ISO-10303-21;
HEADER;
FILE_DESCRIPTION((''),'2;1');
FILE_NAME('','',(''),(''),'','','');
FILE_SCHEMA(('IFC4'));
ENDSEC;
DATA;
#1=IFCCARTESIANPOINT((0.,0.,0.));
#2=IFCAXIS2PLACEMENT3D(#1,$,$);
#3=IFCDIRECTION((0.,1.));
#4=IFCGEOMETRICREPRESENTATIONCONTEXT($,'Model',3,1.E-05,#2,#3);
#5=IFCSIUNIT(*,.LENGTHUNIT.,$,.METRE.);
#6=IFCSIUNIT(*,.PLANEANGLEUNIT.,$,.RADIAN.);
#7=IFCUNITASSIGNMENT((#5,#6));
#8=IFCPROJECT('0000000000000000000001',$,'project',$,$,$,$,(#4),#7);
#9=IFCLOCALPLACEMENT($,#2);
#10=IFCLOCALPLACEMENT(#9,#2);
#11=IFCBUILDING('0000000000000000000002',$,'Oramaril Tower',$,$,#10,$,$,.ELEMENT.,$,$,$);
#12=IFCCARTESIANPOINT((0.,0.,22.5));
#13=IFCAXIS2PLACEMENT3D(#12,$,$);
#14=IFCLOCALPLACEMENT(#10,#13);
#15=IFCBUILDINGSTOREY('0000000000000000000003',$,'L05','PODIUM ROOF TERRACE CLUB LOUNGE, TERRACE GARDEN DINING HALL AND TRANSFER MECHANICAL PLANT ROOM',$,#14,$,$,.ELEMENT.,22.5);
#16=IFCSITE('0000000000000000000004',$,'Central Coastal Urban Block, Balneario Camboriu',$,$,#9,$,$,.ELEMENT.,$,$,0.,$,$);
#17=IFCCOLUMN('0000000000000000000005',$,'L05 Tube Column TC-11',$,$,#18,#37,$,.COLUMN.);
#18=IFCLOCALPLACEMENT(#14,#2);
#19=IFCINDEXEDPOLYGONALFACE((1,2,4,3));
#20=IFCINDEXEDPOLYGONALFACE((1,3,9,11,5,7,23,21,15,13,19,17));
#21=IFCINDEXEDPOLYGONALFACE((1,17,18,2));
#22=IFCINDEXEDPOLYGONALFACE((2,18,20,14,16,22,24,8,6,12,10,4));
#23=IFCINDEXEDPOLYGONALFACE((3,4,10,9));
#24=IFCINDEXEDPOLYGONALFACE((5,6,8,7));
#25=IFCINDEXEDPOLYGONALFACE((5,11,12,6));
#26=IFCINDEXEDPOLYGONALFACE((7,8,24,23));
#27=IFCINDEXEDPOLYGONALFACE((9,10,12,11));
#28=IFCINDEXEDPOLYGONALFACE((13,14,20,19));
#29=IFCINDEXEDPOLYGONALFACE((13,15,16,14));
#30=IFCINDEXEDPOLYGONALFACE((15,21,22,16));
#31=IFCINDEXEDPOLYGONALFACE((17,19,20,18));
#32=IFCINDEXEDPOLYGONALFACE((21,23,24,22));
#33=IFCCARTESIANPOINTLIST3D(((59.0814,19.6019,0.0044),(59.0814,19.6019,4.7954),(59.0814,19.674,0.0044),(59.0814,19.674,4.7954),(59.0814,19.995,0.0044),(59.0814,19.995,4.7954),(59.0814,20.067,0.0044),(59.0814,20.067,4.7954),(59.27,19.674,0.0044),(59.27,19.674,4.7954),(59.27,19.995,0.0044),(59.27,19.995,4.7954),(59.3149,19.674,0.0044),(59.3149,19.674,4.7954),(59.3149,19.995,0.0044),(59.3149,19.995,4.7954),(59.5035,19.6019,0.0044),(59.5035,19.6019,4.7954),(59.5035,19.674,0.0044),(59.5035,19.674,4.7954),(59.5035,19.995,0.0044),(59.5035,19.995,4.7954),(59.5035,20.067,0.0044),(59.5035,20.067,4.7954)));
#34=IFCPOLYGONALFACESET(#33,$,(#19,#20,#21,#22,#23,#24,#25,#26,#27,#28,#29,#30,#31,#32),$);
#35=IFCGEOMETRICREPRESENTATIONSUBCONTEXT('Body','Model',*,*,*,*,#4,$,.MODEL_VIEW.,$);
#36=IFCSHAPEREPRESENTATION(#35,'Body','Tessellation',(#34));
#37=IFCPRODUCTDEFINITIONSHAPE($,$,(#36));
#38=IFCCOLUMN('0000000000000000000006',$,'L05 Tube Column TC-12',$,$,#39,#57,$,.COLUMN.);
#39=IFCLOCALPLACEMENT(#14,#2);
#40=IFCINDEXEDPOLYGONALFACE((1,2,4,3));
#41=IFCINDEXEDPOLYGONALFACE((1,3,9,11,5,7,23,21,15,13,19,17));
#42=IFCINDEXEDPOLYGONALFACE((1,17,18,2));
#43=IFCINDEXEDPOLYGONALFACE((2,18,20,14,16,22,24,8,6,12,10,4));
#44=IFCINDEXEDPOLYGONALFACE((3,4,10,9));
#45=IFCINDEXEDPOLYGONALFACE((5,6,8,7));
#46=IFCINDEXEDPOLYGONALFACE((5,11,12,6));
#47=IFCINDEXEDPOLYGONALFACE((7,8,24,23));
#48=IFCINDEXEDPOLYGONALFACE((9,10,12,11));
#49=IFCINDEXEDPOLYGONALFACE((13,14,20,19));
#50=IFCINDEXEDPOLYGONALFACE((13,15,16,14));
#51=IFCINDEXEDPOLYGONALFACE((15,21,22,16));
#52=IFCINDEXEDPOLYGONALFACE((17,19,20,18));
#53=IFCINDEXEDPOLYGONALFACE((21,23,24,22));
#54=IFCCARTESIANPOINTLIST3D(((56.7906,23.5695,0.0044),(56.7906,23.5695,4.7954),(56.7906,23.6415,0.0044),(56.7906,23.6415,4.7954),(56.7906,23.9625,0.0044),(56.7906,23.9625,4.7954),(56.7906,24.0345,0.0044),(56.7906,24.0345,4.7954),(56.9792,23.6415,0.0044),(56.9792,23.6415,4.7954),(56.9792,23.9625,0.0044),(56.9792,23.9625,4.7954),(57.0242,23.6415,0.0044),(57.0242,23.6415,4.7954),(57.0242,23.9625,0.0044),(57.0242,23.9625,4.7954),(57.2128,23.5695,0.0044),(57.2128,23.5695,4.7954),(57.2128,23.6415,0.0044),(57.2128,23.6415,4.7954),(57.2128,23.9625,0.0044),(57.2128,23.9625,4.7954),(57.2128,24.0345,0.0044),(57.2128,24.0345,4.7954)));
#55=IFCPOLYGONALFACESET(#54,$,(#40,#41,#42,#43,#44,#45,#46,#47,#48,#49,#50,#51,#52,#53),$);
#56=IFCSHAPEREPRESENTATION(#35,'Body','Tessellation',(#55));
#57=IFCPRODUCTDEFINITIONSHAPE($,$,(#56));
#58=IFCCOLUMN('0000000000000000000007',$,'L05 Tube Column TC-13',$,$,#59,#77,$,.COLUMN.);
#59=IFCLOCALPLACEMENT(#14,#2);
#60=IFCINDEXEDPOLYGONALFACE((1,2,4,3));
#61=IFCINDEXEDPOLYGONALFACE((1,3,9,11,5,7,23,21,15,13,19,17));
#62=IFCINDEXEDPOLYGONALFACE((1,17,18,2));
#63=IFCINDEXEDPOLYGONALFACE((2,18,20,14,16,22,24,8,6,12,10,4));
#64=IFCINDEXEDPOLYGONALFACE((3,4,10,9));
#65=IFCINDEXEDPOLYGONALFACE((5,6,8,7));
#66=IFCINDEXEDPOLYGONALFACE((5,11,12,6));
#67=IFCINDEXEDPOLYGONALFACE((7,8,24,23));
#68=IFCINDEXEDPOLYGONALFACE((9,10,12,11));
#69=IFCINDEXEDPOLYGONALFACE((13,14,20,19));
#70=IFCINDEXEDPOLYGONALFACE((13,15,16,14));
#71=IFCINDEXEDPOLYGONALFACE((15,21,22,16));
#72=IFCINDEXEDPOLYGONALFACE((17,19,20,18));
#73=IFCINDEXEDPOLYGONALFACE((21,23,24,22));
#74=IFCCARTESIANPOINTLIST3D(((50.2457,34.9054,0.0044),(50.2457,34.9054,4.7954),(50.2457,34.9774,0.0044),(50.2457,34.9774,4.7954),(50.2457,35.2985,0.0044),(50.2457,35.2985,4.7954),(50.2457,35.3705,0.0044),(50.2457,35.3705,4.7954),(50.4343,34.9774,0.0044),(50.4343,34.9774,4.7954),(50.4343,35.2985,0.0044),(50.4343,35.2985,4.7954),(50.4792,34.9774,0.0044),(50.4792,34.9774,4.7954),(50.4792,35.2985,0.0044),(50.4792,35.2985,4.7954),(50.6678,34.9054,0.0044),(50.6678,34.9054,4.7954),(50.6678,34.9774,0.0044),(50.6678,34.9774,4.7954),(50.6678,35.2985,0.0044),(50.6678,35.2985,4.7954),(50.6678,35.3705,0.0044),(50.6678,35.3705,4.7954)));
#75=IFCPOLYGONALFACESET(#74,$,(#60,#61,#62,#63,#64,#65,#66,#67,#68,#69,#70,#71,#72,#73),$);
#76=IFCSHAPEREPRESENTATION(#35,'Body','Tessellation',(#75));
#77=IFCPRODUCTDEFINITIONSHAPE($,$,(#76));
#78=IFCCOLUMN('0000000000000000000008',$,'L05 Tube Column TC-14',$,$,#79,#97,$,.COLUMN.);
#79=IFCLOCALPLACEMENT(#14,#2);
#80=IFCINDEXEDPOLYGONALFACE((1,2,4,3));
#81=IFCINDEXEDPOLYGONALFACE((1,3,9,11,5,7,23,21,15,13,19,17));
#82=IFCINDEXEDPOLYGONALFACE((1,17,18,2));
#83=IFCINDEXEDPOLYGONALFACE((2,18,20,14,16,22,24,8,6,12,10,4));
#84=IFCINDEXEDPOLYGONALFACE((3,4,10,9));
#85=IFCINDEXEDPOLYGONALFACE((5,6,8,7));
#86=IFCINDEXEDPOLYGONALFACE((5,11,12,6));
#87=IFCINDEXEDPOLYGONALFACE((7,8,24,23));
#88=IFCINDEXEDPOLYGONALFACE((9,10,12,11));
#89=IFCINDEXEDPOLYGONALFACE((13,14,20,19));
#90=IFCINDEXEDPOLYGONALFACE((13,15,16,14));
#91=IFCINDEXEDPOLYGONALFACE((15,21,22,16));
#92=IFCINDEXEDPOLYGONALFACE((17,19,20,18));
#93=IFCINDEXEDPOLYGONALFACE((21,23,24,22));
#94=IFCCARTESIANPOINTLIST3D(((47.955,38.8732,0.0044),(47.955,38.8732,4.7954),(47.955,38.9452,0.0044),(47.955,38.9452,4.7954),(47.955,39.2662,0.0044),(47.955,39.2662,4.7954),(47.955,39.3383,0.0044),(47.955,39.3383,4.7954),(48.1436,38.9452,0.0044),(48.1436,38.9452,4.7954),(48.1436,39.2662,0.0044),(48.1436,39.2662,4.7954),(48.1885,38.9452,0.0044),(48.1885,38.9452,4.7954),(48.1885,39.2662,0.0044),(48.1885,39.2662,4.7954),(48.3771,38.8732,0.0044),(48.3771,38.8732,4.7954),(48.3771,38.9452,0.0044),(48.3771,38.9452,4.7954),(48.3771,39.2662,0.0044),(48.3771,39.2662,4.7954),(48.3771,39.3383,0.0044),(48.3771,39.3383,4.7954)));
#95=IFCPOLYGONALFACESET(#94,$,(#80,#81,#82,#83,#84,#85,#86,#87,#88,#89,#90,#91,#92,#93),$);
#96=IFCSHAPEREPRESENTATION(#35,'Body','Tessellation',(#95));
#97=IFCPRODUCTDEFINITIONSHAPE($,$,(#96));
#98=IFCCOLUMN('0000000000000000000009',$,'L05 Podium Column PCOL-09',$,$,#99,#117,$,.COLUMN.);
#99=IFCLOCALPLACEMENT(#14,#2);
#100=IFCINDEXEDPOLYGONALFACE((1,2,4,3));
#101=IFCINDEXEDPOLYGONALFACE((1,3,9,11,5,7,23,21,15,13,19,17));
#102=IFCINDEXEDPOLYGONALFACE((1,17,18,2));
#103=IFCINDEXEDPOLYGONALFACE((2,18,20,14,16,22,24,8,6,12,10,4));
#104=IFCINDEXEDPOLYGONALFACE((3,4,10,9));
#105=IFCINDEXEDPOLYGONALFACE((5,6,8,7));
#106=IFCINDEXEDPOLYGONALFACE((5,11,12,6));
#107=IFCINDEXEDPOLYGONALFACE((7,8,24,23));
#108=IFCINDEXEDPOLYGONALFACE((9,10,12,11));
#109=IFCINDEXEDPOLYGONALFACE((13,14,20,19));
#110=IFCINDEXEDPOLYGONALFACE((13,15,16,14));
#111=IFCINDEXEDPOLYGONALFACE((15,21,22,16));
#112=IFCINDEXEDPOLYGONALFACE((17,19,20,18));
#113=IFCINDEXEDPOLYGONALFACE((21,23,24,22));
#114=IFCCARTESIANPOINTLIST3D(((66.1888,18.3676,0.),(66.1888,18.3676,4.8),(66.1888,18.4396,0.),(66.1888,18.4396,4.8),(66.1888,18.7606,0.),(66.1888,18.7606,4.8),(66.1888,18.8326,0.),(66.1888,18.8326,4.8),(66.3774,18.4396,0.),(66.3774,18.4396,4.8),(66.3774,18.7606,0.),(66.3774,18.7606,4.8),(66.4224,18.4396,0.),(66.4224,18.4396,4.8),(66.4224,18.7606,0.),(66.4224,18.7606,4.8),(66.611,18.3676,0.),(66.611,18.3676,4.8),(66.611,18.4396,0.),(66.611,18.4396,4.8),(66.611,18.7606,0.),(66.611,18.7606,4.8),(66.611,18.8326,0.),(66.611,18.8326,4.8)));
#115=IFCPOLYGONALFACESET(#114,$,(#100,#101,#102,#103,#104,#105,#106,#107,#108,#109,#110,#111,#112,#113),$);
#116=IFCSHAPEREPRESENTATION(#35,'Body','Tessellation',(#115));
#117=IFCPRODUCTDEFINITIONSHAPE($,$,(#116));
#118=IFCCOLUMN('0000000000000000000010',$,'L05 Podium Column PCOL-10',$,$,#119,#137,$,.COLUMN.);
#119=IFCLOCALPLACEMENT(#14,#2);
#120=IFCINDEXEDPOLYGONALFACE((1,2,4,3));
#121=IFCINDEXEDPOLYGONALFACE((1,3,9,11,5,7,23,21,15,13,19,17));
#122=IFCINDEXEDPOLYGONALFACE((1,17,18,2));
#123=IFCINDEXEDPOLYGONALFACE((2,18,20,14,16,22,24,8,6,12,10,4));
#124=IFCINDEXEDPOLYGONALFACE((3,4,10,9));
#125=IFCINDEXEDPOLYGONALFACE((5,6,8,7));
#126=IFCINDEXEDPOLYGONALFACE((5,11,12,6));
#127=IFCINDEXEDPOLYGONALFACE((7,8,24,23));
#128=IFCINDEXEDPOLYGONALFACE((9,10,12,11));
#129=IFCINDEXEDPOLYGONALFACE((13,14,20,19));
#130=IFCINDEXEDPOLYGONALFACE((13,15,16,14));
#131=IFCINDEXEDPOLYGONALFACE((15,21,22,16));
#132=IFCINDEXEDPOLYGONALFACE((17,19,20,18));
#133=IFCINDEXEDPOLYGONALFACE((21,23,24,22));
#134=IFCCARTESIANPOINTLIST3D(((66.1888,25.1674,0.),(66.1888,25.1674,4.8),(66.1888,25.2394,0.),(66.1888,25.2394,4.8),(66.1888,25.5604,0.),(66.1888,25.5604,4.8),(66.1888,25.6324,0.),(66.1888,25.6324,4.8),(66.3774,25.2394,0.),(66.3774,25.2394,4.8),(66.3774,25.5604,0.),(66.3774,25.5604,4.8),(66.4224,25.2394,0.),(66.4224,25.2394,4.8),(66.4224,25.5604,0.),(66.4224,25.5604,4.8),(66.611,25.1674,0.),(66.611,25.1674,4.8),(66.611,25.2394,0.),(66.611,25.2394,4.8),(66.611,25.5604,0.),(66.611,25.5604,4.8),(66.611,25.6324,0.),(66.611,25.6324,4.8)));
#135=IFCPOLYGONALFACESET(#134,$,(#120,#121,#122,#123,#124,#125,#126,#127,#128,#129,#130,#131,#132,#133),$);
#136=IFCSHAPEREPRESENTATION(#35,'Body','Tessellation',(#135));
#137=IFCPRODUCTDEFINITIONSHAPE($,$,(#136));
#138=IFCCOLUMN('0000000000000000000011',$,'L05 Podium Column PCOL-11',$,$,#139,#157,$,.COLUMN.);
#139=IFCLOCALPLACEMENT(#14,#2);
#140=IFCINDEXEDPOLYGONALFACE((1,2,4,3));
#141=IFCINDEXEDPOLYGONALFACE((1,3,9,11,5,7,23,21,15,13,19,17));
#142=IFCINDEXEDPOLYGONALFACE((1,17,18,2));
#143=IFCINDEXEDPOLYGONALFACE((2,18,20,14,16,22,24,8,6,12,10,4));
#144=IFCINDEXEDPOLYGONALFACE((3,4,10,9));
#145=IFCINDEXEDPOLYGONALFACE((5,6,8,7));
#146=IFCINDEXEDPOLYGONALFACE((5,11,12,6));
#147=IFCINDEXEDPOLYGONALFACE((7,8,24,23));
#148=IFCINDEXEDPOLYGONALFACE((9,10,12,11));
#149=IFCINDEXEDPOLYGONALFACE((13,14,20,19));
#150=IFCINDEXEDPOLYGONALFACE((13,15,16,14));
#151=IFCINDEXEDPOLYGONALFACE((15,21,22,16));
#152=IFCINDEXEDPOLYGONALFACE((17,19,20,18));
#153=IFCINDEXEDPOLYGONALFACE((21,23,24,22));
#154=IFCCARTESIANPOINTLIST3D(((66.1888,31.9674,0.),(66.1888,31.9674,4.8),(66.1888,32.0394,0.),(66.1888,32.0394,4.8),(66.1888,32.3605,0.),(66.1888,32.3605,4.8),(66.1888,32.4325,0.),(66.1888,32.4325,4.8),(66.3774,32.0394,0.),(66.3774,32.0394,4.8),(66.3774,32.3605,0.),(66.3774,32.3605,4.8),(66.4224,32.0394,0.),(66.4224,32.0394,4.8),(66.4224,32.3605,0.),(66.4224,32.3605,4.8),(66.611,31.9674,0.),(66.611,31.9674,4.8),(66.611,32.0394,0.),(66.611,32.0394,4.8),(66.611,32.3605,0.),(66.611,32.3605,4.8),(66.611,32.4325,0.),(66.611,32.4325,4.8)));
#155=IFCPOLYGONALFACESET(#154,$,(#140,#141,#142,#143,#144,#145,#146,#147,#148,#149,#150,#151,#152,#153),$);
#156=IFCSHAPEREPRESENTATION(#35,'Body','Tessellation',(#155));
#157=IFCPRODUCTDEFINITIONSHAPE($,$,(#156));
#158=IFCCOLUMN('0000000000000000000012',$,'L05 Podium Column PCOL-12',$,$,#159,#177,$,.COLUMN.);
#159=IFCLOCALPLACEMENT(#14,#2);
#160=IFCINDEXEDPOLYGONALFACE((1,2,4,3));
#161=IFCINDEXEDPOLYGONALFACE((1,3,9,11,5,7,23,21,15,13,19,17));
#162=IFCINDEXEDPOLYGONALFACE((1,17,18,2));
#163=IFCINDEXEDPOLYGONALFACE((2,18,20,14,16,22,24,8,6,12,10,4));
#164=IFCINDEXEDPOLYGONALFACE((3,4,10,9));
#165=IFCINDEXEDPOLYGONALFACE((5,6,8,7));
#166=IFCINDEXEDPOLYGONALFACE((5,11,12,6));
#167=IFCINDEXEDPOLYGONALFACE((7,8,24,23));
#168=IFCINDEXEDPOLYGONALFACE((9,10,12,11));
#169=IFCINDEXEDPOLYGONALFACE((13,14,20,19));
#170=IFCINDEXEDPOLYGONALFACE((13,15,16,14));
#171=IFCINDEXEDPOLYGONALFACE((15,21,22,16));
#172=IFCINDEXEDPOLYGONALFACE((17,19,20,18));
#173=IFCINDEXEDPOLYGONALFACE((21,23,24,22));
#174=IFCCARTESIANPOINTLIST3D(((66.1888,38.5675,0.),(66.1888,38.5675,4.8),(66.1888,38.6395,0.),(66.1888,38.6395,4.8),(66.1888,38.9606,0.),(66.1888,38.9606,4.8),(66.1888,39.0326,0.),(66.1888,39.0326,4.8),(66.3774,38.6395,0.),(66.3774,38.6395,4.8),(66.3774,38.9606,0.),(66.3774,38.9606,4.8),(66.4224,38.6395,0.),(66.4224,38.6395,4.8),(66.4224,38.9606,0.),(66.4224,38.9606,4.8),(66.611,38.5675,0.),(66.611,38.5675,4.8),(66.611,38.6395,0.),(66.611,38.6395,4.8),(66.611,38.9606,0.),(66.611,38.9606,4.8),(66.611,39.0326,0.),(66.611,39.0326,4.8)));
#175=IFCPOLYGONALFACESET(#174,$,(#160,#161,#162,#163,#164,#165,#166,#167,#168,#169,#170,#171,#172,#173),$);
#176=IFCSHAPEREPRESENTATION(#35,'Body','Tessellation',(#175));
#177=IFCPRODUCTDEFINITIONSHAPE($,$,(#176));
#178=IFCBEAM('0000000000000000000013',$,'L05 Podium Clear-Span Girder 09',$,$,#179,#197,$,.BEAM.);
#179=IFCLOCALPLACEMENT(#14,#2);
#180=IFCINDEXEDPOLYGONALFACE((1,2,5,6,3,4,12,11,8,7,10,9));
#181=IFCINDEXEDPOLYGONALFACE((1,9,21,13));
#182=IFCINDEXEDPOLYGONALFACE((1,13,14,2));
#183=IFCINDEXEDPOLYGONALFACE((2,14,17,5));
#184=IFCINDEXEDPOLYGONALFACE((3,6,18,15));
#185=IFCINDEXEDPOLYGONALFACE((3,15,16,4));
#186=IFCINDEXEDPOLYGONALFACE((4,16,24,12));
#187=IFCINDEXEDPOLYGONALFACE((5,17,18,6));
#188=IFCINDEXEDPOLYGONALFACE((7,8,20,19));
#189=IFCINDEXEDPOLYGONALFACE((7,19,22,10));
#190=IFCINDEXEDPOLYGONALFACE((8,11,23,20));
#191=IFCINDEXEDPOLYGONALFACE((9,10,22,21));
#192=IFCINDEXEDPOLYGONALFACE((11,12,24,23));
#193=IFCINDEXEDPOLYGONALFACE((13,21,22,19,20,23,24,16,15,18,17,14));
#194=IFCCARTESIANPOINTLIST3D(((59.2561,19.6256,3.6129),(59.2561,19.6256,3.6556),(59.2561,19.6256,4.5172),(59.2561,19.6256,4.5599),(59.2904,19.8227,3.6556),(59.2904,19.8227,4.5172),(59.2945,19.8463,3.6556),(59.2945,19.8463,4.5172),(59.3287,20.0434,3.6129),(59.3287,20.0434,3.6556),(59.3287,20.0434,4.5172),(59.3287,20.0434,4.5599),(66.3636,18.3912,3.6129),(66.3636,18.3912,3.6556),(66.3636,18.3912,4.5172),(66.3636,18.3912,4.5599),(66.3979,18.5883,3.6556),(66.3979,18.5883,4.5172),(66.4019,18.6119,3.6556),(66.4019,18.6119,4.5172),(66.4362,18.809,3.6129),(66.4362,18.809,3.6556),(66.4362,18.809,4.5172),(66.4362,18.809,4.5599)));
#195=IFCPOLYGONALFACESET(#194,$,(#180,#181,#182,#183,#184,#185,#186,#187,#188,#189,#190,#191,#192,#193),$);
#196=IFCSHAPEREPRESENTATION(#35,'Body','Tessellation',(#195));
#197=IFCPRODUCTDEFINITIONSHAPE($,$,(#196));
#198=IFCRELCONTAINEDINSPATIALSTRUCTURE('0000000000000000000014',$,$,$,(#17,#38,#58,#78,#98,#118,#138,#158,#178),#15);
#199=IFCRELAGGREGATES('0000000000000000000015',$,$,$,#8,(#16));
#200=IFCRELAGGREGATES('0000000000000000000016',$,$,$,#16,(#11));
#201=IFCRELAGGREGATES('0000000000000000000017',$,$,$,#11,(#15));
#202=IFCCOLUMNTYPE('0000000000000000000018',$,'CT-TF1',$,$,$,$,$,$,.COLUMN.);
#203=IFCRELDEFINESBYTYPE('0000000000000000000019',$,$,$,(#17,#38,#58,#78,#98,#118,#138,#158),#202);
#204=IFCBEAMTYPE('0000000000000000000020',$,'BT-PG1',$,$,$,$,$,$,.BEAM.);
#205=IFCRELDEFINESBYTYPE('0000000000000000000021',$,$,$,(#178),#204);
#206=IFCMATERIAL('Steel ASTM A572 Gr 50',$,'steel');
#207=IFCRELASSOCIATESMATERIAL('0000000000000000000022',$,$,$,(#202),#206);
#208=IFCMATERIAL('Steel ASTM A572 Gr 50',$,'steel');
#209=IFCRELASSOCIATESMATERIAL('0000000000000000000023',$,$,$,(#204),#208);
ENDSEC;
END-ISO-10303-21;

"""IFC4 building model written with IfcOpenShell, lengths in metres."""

from ifc_helpers import new_model, si_unit, direction, frame, origin, origin_2d, place, context, subcontext, project, spatial, i_section, extrude, material, material_profile, profile_set, type_object, element, save


model = new_model("IFC4")

# Units and contexts
model_context = context("Model", 3, precision=1e-05, world=origin(), true_north=direction((0.0, 1.0)))
body_context = subcontext(model_context, "Body", "Model", "MODEL_VIEW")
ifc_project = project(units=[si_unit("LENGTHUNIT", "METRE"), si_unit("PLANEANGLEUNIT", "RADIAN")], contexts=[model_context])

# Site, building, storey
site_placement = place(None, origin())
site = spatial("IfcSite", under=ifc_project, at=site_placement, Name="Central Coastal Urban Block, Balneario Camboriu", CompositionType="ELEMENT", RefElevation=0.0)
building_placement = place(site_placement, origin())
building = spatial("IfcBuilding", under=site, at=building_placement, Name="Oramaril Tower", CompositionType="ELEMENT")
storey_placement = place(building_placement, frame((0.0, 0.0, 22.5)))
storey = spatial("IfcBuildingStorey", under=building, at=storey_placement, Name="L05", Description="PODIUM ROOF TERRACE CLUB LOUNGE, TERRACE GARDEN DINING HALL AND TRANSFER MECHANICAL PLANT ROOM", CompositionType="ELEMENT", Elevation=22.5)

# Columns
ifc_material_1 = material(Name="Steel ASTM A572 Gr 50", Category="steel")
ifc_material_profile_1 = material_profile(ifc_material_1, i_section(OverallWidth=0.4221, OverallDepth=0.4651, WebThickness=0.0449, FlangeThickness=0.072, at=origin_2d()), Name="W14X398")
ifc_profile_set_1 = profile_set([ifc_material_profile_1], Name="Steel ASTM A572 Gr 50")
column_type = type_object("IfcColumnType", Name="CT-TF1", PredefinedType="COLUMN", material=ifc_profile_set_1)
for number, where, z_axis, x_axis, name in (
    (1, (59.2925, 19.8345, 0.0044), (0.0, 0.0, 1.0), (1.0, 0.0, 0.0), "L05 Tube Column TC-11"),
    (2, (57.0017, 23.802, 0.0044), (0.0, 0.0, 1.0), (1.0, 0.0, 0.0), "L05 Tube Column TC-12"),
    (3, (50.4568, 35.1379, 0.0044), (0.0, 0.0, 1.0), (1.0, 0.0, 0.0), "L05 Tube Column TC-13"),
    (4, (48.166, 39.1057, 0.0044), (0.0, 0.0, 1.0), (1.0, 0.0, 0.0), "L05 Tube Column TC-14"),
):
    element("IfcColumn", number, at=place(storey_placement, frame(where, z_axis=z_axis, x_axis=x_axis)), inside=storey, type_object=column_type, Name=name, PredefinedType="COLUMN", context=body_context, shape_type="SweptSolid", body=[
        extrude(i_section(OverallWidth=0.4221, OverallDepth=0.4651, WebThickness=0.0449, FlangeThickness=0.072, at=origin_2d()), origin(), (0.0, 0.0, 1.0), 4.791),
    ])
for number, where, z_axis, x_axis, name in (
    (5, (66.3999, 18.6001, 0.0), (0.0, 0.0, 1.0), (1.0, 0.0, 0.0), "L05 Podium Column PCOL-09"),
    (6, (66.3999, 25.3999, 0.0), (0.0, 0.0, 1.0), (1.0, 0.0, 0.0), "L05 Podium Column PCOL-10"),
    (7, (66.3999, 32.2, 0.0), (0.0, 0.0, 1.0), (1.0, 0.0, 0.0), "L05 Podium Column PCOL-11"),
    (8, (66.3999, 38.8, 0.0), (0.0, 0.0, 1.0), (1.0, 0.0, 0.0), "L05 Podium Column PCOL-12"),
):
    element("IfcColumn", number, at=place(storey_placement, frame(where, z_axis=z_axis, x_axis=x_axis)), inside=storey, type_object=column_type, Name=name, PredefinedType="COLUMN", context=body_context, shape_type="SweptSolid", body=[
        extrude(i_section(OverallWidth=0.4221, OverallDepth=0.4651, WebThickness=0.0449, FlangeThickness=0.072, at=origin_2d()), origin(), (0.0, 0.0, 1.0), 4.8),
    ])

# Beam
ifc_material_2 = material(Name="Steel ASTM A572 Gr 50", Category="steel")
ifc_material_profile_2 = material_profile(ifc_material_2, i_section(OverallWidth=0.4241, OverallDepth=0.947, WebThickness=0.0239, FlangeThickness=0.0427, at=origin_2d()), Name="W36X302")
ifc_profile_set_2 = profile_set([ifc_material_profile_2], Name="Steel ASTM A572 Gr 50")
beam_type_1 = type_object("IfcBeamType", Name="BT-PG1", PredefinedType="BEAM", material=ifc_profile_set_2)
beam_1_placement = place(storey_placement, frame((66.3999, 18.6001, 4.0864), z_axis=(-0.985251, 0.171113, 0.0), x_axis=(-0.171113, -0.985251, 0.0)))
element("IfcBeam", 9, at=beam_1_placement, inside=storey, type_object=beam_type_1, Name="L05 Podium Clear-Span Girder 09", PredefinedType="BEAM", context=body_context, shape_type="SweptSolid", body=[
    extrude(i_section(OverallWidth=0.4241, OverallDepth=0.947, WebThickness=0.0239, FlangeThickness=0.0427, at=origin_2d()), origin(), (0.0, 0.0, 1.0), 7.2139),
])

save(model, "model.ifc")
